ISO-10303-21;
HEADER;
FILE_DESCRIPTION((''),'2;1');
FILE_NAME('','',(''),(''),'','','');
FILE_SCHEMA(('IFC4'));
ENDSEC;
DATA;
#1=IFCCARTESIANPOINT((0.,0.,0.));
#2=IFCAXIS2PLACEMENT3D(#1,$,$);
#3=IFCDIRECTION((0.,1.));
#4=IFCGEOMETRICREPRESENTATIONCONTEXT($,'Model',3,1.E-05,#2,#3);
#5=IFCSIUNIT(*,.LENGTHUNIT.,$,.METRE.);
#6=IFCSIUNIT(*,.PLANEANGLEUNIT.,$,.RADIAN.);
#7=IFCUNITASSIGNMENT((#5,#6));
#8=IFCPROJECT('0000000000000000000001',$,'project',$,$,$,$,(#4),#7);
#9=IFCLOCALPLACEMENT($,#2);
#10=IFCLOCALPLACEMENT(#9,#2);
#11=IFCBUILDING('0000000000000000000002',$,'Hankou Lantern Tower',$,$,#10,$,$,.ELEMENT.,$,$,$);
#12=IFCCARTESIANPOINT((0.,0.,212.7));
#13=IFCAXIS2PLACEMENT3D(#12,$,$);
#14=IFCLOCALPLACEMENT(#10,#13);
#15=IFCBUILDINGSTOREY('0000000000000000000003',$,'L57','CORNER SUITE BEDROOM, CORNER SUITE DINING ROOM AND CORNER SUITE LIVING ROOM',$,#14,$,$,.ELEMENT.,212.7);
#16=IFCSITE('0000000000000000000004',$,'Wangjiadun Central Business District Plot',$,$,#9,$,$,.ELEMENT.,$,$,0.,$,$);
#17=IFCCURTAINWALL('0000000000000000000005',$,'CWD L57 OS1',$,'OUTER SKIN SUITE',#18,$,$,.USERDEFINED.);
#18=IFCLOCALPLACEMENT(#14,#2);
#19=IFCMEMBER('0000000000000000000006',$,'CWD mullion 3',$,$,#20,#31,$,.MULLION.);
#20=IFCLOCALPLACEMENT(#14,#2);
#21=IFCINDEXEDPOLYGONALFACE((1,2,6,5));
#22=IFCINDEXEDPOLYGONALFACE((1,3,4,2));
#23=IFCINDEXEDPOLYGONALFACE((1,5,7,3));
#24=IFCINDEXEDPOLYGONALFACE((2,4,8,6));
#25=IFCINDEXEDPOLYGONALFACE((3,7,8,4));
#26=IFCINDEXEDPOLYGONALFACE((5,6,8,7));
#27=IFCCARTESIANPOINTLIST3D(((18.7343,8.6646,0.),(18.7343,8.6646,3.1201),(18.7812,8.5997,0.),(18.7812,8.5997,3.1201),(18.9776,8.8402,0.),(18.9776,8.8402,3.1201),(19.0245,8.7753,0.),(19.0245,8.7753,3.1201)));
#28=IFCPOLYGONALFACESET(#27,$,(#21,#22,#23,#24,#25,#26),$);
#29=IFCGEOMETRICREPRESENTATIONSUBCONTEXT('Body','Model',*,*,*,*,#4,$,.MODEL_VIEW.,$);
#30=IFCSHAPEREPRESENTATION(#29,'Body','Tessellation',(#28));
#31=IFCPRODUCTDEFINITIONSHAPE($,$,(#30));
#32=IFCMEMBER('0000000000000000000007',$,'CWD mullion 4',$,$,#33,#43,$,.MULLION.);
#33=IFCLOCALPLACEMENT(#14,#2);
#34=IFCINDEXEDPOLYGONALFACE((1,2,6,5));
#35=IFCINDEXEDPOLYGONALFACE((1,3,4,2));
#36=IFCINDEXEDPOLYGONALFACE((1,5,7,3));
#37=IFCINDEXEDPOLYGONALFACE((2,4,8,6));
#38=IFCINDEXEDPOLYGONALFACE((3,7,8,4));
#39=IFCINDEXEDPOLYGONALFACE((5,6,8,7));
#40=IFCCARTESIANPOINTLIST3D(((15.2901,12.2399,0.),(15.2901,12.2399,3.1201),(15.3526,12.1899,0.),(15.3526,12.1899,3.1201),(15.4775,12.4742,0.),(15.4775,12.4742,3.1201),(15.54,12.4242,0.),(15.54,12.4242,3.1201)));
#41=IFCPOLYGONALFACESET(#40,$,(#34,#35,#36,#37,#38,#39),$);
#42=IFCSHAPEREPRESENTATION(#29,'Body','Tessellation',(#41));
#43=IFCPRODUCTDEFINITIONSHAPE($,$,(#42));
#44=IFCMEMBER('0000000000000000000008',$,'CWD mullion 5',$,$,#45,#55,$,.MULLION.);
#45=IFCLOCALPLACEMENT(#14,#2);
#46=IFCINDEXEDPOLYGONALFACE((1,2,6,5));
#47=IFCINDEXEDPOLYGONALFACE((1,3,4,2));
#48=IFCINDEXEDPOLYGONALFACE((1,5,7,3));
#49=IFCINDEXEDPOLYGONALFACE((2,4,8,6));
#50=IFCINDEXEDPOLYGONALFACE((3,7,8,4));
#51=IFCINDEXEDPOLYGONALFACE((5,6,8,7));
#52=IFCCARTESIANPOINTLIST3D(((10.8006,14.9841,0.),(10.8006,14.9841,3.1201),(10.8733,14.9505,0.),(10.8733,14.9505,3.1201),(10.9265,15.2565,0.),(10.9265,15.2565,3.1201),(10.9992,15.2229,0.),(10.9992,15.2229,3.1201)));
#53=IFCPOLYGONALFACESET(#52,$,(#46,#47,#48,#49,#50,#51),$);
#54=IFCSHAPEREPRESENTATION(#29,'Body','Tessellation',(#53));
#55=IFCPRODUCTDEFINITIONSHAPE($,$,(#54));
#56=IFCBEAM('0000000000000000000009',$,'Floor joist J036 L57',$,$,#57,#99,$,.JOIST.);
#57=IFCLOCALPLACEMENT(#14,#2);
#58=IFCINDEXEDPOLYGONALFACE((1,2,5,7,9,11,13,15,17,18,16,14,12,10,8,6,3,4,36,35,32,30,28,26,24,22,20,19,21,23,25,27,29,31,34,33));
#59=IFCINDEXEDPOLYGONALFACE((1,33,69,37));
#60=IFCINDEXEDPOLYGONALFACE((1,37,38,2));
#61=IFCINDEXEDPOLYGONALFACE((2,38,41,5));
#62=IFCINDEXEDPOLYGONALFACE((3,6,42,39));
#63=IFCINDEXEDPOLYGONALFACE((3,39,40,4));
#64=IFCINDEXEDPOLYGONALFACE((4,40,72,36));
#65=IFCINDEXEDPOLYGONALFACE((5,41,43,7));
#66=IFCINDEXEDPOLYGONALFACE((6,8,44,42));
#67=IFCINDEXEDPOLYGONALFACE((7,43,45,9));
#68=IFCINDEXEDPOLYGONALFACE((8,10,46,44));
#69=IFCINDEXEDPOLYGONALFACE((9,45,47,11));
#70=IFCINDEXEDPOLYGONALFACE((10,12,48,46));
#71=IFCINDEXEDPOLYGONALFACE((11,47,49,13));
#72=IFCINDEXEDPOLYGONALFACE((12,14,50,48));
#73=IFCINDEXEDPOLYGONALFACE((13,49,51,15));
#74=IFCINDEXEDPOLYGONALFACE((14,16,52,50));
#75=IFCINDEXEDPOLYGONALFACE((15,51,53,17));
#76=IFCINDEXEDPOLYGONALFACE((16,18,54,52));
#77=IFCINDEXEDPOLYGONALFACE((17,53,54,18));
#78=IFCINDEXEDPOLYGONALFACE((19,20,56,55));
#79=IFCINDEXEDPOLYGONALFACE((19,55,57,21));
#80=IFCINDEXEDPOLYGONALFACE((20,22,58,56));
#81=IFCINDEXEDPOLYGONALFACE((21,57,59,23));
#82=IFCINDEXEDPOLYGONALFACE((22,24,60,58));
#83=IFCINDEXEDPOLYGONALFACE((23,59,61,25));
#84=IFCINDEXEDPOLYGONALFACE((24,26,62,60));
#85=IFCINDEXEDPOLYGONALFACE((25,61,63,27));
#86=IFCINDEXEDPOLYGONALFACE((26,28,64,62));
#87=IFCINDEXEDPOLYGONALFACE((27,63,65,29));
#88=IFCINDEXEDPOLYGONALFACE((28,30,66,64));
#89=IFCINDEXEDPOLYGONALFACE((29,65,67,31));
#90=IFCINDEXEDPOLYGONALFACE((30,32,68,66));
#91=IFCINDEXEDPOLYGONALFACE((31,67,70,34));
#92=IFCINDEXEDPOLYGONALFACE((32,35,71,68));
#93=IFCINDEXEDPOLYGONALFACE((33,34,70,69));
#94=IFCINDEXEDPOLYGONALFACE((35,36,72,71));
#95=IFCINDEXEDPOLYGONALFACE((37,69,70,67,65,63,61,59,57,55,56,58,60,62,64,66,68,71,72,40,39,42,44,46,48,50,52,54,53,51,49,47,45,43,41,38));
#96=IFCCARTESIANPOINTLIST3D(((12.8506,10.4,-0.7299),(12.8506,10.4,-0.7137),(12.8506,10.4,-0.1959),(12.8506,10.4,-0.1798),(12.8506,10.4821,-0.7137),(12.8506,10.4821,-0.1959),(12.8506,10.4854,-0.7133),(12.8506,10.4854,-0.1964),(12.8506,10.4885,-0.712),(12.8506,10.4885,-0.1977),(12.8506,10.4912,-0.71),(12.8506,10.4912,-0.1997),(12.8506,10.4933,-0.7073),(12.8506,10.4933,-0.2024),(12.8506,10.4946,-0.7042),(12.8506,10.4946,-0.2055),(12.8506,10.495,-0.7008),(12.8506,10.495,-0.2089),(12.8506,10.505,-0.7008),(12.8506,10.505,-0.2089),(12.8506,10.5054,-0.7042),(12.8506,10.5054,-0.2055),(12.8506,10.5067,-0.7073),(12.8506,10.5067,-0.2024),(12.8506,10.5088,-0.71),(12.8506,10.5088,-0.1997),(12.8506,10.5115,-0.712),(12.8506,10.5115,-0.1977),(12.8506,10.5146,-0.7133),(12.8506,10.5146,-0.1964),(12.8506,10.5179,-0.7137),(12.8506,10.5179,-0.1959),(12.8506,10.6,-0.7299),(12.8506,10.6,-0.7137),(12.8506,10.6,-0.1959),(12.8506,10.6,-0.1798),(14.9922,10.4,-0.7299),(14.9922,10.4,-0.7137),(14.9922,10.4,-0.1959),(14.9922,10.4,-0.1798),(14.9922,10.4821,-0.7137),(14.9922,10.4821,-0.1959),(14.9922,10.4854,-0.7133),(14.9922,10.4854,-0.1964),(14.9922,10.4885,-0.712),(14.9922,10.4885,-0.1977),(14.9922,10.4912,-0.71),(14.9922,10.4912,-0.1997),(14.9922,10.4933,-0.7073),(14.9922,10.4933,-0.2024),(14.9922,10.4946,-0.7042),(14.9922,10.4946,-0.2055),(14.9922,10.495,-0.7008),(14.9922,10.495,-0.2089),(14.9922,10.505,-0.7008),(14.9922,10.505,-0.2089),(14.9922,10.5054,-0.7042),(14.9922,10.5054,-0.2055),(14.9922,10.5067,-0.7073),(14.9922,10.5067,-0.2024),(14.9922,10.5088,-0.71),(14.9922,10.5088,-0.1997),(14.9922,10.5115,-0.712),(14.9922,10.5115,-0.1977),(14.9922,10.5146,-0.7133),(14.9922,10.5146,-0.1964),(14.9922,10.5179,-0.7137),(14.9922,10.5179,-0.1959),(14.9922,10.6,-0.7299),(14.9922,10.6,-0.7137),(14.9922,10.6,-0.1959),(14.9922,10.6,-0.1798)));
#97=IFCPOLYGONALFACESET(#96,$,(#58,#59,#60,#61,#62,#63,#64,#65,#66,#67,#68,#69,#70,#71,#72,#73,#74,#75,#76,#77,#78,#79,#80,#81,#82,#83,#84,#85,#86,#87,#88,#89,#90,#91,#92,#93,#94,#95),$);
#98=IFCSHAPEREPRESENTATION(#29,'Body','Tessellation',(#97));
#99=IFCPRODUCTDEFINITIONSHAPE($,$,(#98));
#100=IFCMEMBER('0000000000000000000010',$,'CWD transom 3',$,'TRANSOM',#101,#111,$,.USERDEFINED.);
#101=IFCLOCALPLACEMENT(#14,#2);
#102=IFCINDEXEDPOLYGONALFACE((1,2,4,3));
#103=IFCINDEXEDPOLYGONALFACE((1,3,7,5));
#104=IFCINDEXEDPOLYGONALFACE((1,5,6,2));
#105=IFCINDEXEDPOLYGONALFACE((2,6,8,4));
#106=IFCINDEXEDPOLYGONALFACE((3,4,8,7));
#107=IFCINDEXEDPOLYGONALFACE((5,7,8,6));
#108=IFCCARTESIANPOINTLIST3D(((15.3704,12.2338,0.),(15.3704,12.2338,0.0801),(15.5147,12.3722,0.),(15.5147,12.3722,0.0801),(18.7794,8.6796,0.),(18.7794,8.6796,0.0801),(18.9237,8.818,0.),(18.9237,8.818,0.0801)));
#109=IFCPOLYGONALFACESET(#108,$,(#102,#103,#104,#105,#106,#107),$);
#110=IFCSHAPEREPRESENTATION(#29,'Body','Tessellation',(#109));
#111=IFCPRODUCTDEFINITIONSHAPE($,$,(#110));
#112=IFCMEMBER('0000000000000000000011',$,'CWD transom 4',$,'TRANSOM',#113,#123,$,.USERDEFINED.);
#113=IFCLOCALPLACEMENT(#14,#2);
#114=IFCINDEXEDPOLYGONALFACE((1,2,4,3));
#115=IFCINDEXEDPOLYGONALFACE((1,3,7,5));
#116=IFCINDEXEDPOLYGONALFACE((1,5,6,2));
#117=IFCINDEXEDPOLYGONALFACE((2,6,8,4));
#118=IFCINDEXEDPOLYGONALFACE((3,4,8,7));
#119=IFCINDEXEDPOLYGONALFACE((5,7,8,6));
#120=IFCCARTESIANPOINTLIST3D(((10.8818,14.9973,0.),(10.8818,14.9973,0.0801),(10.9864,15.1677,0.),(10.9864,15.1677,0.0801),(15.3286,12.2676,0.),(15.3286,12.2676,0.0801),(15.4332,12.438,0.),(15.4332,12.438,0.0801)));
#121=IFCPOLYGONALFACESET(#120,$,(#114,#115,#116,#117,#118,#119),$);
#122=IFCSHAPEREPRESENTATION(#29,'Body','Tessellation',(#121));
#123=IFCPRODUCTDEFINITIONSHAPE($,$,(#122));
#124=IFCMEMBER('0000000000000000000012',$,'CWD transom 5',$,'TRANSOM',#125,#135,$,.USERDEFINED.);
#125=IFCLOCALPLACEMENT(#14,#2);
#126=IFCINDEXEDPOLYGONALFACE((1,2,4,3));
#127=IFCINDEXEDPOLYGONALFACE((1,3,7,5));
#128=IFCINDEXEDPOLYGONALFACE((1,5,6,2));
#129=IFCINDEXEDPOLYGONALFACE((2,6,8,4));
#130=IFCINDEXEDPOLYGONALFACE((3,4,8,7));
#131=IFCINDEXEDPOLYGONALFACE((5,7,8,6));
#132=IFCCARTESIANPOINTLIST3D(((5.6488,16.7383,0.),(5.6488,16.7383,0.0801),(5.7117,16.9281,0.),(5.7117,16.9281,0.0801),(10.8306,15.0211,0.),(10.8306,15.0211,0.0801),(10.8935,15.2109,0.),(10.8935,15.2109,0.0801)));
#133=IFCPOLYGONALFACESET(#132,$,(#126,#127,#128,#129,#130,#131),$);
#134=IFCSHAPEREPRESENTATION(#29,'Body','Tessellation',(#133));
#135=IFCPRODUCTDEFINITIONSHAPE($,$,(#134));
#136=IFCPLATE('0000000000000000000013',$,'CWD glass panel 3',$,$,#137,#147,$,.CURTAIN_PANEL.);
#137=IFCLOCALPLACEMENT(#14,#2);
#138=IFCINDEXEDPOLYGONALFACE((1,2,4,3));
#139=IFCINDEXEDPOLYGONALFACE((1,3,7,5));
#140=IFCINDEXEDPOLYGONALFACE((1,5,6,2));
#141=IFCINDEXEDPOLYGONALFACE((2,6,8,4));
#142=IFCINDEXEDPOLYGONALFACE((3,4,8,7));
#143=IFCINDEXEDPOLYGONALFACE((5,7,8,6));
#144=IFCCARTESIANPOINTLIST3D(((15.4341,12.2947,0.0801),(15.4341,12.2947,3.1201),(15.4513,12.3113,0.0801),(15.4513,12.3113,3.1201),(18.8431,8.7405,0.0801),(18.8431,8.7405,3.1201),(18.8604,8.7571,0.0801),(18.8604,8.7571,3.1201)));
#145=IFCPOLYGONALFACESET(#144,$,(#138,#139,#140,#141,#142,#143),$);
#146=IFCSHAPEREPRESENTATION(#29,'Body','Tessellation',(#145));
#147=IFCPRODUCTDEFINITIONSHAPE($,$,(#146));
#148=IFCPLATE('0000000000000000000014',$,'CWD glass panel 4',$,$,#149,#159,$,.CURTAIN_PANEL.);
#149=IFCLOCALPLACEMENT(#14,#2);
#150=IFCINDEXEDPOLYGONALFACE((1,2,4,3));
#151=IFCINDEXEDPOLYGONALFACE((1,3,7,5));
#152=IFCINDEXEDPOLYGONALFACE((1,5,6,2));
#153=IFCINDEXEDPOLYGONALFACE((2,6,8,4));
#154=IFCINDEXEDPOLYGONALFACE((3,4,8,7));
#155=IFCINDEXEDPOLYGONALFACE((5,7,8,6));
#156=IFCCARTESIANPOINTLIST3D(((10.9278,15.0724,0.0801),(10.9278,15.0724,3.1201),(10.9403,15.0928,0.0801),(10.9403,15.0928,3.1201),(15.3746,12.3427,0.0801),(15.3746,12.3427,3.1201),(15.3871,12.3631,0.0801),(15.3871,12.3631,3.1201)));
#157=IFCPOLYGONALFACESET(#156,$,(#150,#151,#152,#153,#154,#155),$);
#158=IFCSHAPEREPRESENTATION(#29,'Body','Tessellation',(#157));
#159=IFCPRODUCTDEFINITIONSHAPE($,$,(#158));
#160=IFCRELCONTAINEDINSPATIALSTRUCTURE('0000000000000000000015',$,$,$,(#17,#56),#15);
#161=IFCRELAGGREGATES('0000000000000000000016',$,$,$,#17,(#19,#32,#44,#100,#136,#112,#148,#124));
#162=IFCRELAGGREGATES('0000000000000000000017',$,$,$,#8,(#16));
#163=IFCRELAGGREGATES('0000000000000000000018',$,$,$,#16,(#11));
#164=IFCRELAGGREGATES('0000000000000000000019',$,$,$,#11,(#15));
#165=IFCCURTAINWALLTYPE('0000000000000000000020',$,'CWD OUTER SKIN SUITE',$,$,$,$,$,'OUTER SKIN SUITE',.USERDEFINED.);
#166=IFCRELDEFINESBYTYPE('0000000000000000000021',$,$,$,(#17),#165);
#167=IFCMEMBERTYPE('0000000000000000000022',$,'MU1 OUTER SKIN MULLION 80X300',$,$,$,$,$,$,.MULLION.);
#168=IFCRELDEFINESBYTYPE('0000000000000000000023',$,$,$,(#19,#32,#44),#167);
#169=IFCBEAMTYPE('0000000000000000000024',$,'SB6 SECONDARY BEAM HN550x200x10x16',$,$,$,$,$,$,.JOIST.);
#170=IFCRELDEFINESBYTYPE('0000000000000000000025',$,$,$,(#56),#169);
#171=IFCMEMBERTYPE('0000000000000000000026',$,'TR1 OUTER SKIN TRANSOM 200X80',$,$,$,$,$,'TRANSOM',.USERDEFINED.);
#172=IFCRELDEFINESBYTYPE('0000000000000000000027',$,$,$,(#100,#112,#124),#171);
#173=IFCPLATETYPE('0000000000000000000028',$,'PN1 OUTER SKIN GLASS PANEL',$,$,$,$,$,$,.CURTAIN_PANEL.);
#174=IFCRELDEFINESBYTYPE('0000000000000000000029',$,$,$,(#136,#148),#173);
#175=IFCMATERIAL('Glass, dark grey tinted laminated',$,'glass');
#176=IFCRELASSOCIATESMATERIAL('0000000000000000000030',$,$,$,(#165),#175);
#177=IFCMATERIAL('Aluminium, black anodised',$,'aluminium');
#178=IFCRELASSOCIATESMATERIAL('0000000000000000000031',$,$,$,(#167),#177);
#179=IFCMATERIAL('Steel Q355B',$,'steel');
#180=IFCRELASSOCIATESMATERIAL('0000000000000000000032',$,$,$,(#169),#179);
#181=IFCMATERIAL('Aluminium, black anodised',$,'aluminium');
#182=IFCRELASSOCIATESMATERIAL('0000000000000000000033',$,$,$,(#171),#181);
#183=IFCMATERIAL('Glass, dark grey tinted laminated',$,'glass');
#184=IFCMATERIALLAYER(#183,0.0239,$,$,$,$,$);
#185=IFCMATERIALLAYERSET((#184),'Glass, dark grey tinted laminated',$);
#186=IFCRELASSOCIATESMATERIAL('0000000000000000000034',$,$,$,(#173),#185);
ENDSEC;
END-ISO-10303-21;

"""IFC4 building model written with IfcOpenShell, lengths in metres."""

from ifc_helpers import new_model, si_unit, direction, frame, origin, origin_2d, place, context, subcontext, project, spatial, rectangle, i_section, extrude, material, layer, layer_set, material_profile, profile_set, type_object, element, aggregate, save


model = new_model("IFC4")

# Units and contexts
model_context = context("Model", 3, precision=1e-05, world=origin(), true_north=direction((0.0, 1.0)))
body_context = subcontext(model_context, "Body", "Model", "MODEL_VIEW")
ifc_project = project(units=[si_unit("LENGTHUNIT", "METRE"), si_unit("PLANEANGLEUNIT", "RADIAN")], contexts=[model_context])

# Site, building, storey
site_placement = place(None, origin())
site = spatial("IfcSite", under=ifc_project, at=site_placement, Name="Wangjiadun Central Business District Plot", CompositionType="ELEMENT", RefElevation=0.0)
building_placement = place(site_placement, origin())
building = spatial("IfcBuilding", under=site, at=building_placement, Name="Hankou Lantern Tower", CompositionType="ELEMENT")
storey_placement = place(building_placement, frame((0.0, 0.0, 212.7)))
storey = spatial("IfcBuildingStorey", under=building, at=storey_placement, Name="L57", Description="CORNER SUITE BEDROOM, CORNER SUITE DINING ROOM AND CORNER SUITE LIVING ROOM", CompositionType="ELEMENT", Elevation=212.7)

# Curtain wall, members
ifc_material_1 = material(Name="Glass, dark grey tinted laminated", Category="glass")
curtain_wall_type = type_object("IfcCurtainWallType", Name="CWD OUTER SKIN SUITE", ElementType="OUTER SKIN SUITE", PredefinedType="USERDEFINED", material=ifc_material_1)
curtain_wall_placement = place(storey_placement, origin())
curtain_wall = element("IfcCurtainWall", 1, at=curtain_wall_placement, inside=storey, type_object=curtain_wall_type, Name="CWD L57 OS1", ObjectType="OUTER SKIN SUITE", PredefinedType="USERDEFINED")
ifc_material_2 = material(Name="Aluminium, black anodised", Category="aluminium")
ifc_material_profile_1 = material_profile(ifc_material_2, rectangle(XDim=0.0801, YDim=0.3, at=origin_2d()), Name="MU1 80X300")
ifc_profile_set_1 = profile_set([ifc_material_profile_1], Name="Aluminium, black anodised")
member_type_1 = type_object("IfcMemberType", Name="MU1 OUTER SKIN MULLION 80X300", PredefinedType="MULLION", material=ifc_profile_set_1)
member_1_placement = place(storey_placement, frame((18.8794, 8.72, 0.0), z_axis=(0.0, 0.0, 1.0), x_axis=(-0.585206, 0.810885, 0.0)))
member_1 = element("IfcMember", 2, at=member_1_placement, type_object=member_type_1, Name="CWD mullion 3", PredefinedType="MULLION", context=body_context, shape_type="SweptSolid", body=[
    extrude(rectangle(XDim=0.0801, YDim=0.3, at=origin_2d()), origin(), (0.0, 0.0, 1.0), 3.1201),
])
member_2_placement = place(storey_placement, frame((15.415, 12.332, 0.0), z_axis=(0.0, 0.0, 1.0), x_axis=(-0.780869, 0.624695, 0.0)))
member_2 = element("IfcMember", 3, at=member_2_placement, type_object=member_type_1, Name="CWD mullion 4", PredefinedType="MULLION", context=body_context, shape_type="SweptSolid", body=[
    extrude(rectangle(XDim=0.0801, YDim=0.3, at=origin_2d()), origin(), (0.0, 0.0, 1.0), 3.1201),
])
member_3_placement = place(storey_placement, frame((10.8999, 15.1035, 0.0), z_axis=(0.0, 0.0, 1.0), x_axis=(-0.907841, 0.419314, 0.0)))
member_3 = element("IfcMember", 4, at=member_3_placement, type_object=member_type_1, Name="CWD mullion 5", PredefinedType="MULLION", context=body_context, shape_type="SweptSolid", body=[
    extrude(rectangle(XDim=0.0801, YDim=0.3, at=origin_2d()), origin(), (0.0, 0.0, 1.0), 3.1201),
])

# Beam
ifc_material_3 = material(Name="Steel Q355B", Category="steel")
ifc_material_profile_2 = material_profile(ifc_material_3, i_section(OverallWidth=0.2, OverallDepth=0.55, WebThickness=0.01, FlangeThickness=0.0161, FilletRadius=0.0129, at=origin_2d()), Name="HN550x200x10x16")
ifc_profile_set_2 = profile_set([ifc_material_profile_2], Name="Steel Q355B")
beam_type_1 = type_object("IfcBeamType", Name="SB6 SECONDARY BEAM HN550x200x10x16", PredefinedType="JOIST", material=ifc_profile_set_2)
beam_1_placement = place(storey_placement, frame((12.8506, 10.5, -0.4548), z_axis=(1.0, 0.0, 0.0), x_axis=(0.0, 1.0, 0.0)))
element("IfcBeam", 5, at=beam_1_placement, inside=storey, type_object=beam_type_1, Name="Floor joist J036 L57", PredefinedType="JOIST", context=body_context, shape_type="SweptSolid", body=[
    extrude(i_section(OverallWidth=0.2, OverallDepth=0.55, WebThickness=0.01, FlangeThickness=0.0161, FilletRadius=0.0129, at=origin_2d()), origin(), (0.0, 0.0, 1.0), 2.1416),
])

# Members
ifc_material_4 = material(Name="Aluminium, black anodised", Category="aluminium")
ifc_material_profile_3 = material_profile(ifc_material_4, rectangle(XDim=0.2, YDim=0.0801, at=origin_2d()), Name="TR1 200X80")
ifc_profile_set_3 = profile_set([ifc_material_profile_3], Name="Aluminium, black anodised")
member_type_2 = type_object("IfcMemberType", Name="TR1 OUTER SKIN TRANSOM 200X80", ElementType="TRANSOM", PredefinedType="USERDEFINED", material=ifc_profile_set_3)
member_4_placement = place(storey_placement, frame((18.8516, 8.7488, 0.04), z_axis=(-0.692205, 0.721701, 0.0), x_axis=(-0.721701, -0.692205, 0.0)))
member_4 = element("IfcMember", 6, at=member_4_placement, type_object=member_type_2, Name="CWD transom 3", ObjectType="TRANSOM", PredefinedType="USERDEFINED", context=body_context, shape_type="SweptSolid", body=[
    extrude(rectangle(XDim=0.2, YDim=0.0801, at=origin_2d()), origin(), (0.0, 0.0, 1.0), 4.9248),
])
member_5_placement = place(storey_placement, frame((15.3809, 12.3528, 0.04), z_axis=(-0.852235, 0.52316, 0.0), x_axis=(-0.52316, -0.852235, 0.0)))
member_5 = element("IfcMember", 7, at=member_5_placement, type_object=member_type_2, Name="CWD transom 4", ObjectType="TRANSOM", PredefinedType="USERDEFINED", context=body_context, shape_type="SweptSolid", body=[
    extrude(rectangle(XDim=0.2, YDim=0.0801, at=origin_2d()), origin(), (0.0, 0.0, 1.0), 5.2178),
])
member_6_placement = place(storey_placement, frame((10.8621, 15.116, 0.04), z_axis=(-0.949232, 0.314577, 0.0), x_axis=(-0.314577, -0.949232, 0.0)))
member_6 = element("IfcMember", 8, at=member_6_placement, type_object=member_type_2, Name="CWD transom 5", ObjectType="TRANSOM", PredefinedType="USERDEFINED", context=body_context, shape_type="SweptSolid", body=[
    extrude(rectangle(XDim=0.2, YDim=0.0801, at=origin_2d()), origin(), (0.0, 0.0, 1.0), 5.459),
])

# Plates
ifc_material_5 = material(Name="Glass, dark grey tinted laminated", Category="glass")
ifc_layer_1 = layer(ifc_material_5, 0.0239)
ifc_layer_set_1 = layer_set([ifc_layer_1], Name="Glass, dark grey tinted laminated")
plate_type = type_object("IfcPlateType", Name="PN1 OUTER SKIN GLASS PANEL", PredefinedType="CURTAIN_PANEL", material=ifc_layer_set_1)
plate_1_placement = place(storey_placement, frame((17.1472, 10.5259, 0.0801), z_axis=(0.0, 0.0, 1.0), x_axis=(-0.692216, 0.721691, 0.0)))
plate_1 = element("IfcPlate", 9, at=plate_1_placement, type_object=plate_type, Name="CWD glass panel 3", PredefinedType="CURTAIN_PANEL", context=body_context, shape_type="SweptSolid", body=[
    extrude(rectangle(XDim=4.9248, YDim=0.0239, at=origin_2d()), origin(), (0.0, 0.0, 1.0), 3.04),
])
plate_2_placement = place(storey_placement, frame((13.1575, 13.7178, 0.0801), z_axis=(0.0, 0.0, 1.0), x_axis=(-0.852237, 0.523156, 0.0)))
plate_2 = element("IfcPlate", 10, at=plate_2_placement, type_object=plate_type, Name="CWD glass panel 4", PredefinedType="CURTAIN_PANEL", context=body_context, shape_type="SweptSolid", body=[
    extrude(rectangle(XDim=5.2178, YDim=0.0239, at=origin_2d()), origin(), (0.0, 0.0, 1.0), 3.04),
])
aggregate(curtain_wall, [member_1, member_2, member_3, member_4, plate_1, member_5, plate_2, member_6])

save(model, "model.ifc")
